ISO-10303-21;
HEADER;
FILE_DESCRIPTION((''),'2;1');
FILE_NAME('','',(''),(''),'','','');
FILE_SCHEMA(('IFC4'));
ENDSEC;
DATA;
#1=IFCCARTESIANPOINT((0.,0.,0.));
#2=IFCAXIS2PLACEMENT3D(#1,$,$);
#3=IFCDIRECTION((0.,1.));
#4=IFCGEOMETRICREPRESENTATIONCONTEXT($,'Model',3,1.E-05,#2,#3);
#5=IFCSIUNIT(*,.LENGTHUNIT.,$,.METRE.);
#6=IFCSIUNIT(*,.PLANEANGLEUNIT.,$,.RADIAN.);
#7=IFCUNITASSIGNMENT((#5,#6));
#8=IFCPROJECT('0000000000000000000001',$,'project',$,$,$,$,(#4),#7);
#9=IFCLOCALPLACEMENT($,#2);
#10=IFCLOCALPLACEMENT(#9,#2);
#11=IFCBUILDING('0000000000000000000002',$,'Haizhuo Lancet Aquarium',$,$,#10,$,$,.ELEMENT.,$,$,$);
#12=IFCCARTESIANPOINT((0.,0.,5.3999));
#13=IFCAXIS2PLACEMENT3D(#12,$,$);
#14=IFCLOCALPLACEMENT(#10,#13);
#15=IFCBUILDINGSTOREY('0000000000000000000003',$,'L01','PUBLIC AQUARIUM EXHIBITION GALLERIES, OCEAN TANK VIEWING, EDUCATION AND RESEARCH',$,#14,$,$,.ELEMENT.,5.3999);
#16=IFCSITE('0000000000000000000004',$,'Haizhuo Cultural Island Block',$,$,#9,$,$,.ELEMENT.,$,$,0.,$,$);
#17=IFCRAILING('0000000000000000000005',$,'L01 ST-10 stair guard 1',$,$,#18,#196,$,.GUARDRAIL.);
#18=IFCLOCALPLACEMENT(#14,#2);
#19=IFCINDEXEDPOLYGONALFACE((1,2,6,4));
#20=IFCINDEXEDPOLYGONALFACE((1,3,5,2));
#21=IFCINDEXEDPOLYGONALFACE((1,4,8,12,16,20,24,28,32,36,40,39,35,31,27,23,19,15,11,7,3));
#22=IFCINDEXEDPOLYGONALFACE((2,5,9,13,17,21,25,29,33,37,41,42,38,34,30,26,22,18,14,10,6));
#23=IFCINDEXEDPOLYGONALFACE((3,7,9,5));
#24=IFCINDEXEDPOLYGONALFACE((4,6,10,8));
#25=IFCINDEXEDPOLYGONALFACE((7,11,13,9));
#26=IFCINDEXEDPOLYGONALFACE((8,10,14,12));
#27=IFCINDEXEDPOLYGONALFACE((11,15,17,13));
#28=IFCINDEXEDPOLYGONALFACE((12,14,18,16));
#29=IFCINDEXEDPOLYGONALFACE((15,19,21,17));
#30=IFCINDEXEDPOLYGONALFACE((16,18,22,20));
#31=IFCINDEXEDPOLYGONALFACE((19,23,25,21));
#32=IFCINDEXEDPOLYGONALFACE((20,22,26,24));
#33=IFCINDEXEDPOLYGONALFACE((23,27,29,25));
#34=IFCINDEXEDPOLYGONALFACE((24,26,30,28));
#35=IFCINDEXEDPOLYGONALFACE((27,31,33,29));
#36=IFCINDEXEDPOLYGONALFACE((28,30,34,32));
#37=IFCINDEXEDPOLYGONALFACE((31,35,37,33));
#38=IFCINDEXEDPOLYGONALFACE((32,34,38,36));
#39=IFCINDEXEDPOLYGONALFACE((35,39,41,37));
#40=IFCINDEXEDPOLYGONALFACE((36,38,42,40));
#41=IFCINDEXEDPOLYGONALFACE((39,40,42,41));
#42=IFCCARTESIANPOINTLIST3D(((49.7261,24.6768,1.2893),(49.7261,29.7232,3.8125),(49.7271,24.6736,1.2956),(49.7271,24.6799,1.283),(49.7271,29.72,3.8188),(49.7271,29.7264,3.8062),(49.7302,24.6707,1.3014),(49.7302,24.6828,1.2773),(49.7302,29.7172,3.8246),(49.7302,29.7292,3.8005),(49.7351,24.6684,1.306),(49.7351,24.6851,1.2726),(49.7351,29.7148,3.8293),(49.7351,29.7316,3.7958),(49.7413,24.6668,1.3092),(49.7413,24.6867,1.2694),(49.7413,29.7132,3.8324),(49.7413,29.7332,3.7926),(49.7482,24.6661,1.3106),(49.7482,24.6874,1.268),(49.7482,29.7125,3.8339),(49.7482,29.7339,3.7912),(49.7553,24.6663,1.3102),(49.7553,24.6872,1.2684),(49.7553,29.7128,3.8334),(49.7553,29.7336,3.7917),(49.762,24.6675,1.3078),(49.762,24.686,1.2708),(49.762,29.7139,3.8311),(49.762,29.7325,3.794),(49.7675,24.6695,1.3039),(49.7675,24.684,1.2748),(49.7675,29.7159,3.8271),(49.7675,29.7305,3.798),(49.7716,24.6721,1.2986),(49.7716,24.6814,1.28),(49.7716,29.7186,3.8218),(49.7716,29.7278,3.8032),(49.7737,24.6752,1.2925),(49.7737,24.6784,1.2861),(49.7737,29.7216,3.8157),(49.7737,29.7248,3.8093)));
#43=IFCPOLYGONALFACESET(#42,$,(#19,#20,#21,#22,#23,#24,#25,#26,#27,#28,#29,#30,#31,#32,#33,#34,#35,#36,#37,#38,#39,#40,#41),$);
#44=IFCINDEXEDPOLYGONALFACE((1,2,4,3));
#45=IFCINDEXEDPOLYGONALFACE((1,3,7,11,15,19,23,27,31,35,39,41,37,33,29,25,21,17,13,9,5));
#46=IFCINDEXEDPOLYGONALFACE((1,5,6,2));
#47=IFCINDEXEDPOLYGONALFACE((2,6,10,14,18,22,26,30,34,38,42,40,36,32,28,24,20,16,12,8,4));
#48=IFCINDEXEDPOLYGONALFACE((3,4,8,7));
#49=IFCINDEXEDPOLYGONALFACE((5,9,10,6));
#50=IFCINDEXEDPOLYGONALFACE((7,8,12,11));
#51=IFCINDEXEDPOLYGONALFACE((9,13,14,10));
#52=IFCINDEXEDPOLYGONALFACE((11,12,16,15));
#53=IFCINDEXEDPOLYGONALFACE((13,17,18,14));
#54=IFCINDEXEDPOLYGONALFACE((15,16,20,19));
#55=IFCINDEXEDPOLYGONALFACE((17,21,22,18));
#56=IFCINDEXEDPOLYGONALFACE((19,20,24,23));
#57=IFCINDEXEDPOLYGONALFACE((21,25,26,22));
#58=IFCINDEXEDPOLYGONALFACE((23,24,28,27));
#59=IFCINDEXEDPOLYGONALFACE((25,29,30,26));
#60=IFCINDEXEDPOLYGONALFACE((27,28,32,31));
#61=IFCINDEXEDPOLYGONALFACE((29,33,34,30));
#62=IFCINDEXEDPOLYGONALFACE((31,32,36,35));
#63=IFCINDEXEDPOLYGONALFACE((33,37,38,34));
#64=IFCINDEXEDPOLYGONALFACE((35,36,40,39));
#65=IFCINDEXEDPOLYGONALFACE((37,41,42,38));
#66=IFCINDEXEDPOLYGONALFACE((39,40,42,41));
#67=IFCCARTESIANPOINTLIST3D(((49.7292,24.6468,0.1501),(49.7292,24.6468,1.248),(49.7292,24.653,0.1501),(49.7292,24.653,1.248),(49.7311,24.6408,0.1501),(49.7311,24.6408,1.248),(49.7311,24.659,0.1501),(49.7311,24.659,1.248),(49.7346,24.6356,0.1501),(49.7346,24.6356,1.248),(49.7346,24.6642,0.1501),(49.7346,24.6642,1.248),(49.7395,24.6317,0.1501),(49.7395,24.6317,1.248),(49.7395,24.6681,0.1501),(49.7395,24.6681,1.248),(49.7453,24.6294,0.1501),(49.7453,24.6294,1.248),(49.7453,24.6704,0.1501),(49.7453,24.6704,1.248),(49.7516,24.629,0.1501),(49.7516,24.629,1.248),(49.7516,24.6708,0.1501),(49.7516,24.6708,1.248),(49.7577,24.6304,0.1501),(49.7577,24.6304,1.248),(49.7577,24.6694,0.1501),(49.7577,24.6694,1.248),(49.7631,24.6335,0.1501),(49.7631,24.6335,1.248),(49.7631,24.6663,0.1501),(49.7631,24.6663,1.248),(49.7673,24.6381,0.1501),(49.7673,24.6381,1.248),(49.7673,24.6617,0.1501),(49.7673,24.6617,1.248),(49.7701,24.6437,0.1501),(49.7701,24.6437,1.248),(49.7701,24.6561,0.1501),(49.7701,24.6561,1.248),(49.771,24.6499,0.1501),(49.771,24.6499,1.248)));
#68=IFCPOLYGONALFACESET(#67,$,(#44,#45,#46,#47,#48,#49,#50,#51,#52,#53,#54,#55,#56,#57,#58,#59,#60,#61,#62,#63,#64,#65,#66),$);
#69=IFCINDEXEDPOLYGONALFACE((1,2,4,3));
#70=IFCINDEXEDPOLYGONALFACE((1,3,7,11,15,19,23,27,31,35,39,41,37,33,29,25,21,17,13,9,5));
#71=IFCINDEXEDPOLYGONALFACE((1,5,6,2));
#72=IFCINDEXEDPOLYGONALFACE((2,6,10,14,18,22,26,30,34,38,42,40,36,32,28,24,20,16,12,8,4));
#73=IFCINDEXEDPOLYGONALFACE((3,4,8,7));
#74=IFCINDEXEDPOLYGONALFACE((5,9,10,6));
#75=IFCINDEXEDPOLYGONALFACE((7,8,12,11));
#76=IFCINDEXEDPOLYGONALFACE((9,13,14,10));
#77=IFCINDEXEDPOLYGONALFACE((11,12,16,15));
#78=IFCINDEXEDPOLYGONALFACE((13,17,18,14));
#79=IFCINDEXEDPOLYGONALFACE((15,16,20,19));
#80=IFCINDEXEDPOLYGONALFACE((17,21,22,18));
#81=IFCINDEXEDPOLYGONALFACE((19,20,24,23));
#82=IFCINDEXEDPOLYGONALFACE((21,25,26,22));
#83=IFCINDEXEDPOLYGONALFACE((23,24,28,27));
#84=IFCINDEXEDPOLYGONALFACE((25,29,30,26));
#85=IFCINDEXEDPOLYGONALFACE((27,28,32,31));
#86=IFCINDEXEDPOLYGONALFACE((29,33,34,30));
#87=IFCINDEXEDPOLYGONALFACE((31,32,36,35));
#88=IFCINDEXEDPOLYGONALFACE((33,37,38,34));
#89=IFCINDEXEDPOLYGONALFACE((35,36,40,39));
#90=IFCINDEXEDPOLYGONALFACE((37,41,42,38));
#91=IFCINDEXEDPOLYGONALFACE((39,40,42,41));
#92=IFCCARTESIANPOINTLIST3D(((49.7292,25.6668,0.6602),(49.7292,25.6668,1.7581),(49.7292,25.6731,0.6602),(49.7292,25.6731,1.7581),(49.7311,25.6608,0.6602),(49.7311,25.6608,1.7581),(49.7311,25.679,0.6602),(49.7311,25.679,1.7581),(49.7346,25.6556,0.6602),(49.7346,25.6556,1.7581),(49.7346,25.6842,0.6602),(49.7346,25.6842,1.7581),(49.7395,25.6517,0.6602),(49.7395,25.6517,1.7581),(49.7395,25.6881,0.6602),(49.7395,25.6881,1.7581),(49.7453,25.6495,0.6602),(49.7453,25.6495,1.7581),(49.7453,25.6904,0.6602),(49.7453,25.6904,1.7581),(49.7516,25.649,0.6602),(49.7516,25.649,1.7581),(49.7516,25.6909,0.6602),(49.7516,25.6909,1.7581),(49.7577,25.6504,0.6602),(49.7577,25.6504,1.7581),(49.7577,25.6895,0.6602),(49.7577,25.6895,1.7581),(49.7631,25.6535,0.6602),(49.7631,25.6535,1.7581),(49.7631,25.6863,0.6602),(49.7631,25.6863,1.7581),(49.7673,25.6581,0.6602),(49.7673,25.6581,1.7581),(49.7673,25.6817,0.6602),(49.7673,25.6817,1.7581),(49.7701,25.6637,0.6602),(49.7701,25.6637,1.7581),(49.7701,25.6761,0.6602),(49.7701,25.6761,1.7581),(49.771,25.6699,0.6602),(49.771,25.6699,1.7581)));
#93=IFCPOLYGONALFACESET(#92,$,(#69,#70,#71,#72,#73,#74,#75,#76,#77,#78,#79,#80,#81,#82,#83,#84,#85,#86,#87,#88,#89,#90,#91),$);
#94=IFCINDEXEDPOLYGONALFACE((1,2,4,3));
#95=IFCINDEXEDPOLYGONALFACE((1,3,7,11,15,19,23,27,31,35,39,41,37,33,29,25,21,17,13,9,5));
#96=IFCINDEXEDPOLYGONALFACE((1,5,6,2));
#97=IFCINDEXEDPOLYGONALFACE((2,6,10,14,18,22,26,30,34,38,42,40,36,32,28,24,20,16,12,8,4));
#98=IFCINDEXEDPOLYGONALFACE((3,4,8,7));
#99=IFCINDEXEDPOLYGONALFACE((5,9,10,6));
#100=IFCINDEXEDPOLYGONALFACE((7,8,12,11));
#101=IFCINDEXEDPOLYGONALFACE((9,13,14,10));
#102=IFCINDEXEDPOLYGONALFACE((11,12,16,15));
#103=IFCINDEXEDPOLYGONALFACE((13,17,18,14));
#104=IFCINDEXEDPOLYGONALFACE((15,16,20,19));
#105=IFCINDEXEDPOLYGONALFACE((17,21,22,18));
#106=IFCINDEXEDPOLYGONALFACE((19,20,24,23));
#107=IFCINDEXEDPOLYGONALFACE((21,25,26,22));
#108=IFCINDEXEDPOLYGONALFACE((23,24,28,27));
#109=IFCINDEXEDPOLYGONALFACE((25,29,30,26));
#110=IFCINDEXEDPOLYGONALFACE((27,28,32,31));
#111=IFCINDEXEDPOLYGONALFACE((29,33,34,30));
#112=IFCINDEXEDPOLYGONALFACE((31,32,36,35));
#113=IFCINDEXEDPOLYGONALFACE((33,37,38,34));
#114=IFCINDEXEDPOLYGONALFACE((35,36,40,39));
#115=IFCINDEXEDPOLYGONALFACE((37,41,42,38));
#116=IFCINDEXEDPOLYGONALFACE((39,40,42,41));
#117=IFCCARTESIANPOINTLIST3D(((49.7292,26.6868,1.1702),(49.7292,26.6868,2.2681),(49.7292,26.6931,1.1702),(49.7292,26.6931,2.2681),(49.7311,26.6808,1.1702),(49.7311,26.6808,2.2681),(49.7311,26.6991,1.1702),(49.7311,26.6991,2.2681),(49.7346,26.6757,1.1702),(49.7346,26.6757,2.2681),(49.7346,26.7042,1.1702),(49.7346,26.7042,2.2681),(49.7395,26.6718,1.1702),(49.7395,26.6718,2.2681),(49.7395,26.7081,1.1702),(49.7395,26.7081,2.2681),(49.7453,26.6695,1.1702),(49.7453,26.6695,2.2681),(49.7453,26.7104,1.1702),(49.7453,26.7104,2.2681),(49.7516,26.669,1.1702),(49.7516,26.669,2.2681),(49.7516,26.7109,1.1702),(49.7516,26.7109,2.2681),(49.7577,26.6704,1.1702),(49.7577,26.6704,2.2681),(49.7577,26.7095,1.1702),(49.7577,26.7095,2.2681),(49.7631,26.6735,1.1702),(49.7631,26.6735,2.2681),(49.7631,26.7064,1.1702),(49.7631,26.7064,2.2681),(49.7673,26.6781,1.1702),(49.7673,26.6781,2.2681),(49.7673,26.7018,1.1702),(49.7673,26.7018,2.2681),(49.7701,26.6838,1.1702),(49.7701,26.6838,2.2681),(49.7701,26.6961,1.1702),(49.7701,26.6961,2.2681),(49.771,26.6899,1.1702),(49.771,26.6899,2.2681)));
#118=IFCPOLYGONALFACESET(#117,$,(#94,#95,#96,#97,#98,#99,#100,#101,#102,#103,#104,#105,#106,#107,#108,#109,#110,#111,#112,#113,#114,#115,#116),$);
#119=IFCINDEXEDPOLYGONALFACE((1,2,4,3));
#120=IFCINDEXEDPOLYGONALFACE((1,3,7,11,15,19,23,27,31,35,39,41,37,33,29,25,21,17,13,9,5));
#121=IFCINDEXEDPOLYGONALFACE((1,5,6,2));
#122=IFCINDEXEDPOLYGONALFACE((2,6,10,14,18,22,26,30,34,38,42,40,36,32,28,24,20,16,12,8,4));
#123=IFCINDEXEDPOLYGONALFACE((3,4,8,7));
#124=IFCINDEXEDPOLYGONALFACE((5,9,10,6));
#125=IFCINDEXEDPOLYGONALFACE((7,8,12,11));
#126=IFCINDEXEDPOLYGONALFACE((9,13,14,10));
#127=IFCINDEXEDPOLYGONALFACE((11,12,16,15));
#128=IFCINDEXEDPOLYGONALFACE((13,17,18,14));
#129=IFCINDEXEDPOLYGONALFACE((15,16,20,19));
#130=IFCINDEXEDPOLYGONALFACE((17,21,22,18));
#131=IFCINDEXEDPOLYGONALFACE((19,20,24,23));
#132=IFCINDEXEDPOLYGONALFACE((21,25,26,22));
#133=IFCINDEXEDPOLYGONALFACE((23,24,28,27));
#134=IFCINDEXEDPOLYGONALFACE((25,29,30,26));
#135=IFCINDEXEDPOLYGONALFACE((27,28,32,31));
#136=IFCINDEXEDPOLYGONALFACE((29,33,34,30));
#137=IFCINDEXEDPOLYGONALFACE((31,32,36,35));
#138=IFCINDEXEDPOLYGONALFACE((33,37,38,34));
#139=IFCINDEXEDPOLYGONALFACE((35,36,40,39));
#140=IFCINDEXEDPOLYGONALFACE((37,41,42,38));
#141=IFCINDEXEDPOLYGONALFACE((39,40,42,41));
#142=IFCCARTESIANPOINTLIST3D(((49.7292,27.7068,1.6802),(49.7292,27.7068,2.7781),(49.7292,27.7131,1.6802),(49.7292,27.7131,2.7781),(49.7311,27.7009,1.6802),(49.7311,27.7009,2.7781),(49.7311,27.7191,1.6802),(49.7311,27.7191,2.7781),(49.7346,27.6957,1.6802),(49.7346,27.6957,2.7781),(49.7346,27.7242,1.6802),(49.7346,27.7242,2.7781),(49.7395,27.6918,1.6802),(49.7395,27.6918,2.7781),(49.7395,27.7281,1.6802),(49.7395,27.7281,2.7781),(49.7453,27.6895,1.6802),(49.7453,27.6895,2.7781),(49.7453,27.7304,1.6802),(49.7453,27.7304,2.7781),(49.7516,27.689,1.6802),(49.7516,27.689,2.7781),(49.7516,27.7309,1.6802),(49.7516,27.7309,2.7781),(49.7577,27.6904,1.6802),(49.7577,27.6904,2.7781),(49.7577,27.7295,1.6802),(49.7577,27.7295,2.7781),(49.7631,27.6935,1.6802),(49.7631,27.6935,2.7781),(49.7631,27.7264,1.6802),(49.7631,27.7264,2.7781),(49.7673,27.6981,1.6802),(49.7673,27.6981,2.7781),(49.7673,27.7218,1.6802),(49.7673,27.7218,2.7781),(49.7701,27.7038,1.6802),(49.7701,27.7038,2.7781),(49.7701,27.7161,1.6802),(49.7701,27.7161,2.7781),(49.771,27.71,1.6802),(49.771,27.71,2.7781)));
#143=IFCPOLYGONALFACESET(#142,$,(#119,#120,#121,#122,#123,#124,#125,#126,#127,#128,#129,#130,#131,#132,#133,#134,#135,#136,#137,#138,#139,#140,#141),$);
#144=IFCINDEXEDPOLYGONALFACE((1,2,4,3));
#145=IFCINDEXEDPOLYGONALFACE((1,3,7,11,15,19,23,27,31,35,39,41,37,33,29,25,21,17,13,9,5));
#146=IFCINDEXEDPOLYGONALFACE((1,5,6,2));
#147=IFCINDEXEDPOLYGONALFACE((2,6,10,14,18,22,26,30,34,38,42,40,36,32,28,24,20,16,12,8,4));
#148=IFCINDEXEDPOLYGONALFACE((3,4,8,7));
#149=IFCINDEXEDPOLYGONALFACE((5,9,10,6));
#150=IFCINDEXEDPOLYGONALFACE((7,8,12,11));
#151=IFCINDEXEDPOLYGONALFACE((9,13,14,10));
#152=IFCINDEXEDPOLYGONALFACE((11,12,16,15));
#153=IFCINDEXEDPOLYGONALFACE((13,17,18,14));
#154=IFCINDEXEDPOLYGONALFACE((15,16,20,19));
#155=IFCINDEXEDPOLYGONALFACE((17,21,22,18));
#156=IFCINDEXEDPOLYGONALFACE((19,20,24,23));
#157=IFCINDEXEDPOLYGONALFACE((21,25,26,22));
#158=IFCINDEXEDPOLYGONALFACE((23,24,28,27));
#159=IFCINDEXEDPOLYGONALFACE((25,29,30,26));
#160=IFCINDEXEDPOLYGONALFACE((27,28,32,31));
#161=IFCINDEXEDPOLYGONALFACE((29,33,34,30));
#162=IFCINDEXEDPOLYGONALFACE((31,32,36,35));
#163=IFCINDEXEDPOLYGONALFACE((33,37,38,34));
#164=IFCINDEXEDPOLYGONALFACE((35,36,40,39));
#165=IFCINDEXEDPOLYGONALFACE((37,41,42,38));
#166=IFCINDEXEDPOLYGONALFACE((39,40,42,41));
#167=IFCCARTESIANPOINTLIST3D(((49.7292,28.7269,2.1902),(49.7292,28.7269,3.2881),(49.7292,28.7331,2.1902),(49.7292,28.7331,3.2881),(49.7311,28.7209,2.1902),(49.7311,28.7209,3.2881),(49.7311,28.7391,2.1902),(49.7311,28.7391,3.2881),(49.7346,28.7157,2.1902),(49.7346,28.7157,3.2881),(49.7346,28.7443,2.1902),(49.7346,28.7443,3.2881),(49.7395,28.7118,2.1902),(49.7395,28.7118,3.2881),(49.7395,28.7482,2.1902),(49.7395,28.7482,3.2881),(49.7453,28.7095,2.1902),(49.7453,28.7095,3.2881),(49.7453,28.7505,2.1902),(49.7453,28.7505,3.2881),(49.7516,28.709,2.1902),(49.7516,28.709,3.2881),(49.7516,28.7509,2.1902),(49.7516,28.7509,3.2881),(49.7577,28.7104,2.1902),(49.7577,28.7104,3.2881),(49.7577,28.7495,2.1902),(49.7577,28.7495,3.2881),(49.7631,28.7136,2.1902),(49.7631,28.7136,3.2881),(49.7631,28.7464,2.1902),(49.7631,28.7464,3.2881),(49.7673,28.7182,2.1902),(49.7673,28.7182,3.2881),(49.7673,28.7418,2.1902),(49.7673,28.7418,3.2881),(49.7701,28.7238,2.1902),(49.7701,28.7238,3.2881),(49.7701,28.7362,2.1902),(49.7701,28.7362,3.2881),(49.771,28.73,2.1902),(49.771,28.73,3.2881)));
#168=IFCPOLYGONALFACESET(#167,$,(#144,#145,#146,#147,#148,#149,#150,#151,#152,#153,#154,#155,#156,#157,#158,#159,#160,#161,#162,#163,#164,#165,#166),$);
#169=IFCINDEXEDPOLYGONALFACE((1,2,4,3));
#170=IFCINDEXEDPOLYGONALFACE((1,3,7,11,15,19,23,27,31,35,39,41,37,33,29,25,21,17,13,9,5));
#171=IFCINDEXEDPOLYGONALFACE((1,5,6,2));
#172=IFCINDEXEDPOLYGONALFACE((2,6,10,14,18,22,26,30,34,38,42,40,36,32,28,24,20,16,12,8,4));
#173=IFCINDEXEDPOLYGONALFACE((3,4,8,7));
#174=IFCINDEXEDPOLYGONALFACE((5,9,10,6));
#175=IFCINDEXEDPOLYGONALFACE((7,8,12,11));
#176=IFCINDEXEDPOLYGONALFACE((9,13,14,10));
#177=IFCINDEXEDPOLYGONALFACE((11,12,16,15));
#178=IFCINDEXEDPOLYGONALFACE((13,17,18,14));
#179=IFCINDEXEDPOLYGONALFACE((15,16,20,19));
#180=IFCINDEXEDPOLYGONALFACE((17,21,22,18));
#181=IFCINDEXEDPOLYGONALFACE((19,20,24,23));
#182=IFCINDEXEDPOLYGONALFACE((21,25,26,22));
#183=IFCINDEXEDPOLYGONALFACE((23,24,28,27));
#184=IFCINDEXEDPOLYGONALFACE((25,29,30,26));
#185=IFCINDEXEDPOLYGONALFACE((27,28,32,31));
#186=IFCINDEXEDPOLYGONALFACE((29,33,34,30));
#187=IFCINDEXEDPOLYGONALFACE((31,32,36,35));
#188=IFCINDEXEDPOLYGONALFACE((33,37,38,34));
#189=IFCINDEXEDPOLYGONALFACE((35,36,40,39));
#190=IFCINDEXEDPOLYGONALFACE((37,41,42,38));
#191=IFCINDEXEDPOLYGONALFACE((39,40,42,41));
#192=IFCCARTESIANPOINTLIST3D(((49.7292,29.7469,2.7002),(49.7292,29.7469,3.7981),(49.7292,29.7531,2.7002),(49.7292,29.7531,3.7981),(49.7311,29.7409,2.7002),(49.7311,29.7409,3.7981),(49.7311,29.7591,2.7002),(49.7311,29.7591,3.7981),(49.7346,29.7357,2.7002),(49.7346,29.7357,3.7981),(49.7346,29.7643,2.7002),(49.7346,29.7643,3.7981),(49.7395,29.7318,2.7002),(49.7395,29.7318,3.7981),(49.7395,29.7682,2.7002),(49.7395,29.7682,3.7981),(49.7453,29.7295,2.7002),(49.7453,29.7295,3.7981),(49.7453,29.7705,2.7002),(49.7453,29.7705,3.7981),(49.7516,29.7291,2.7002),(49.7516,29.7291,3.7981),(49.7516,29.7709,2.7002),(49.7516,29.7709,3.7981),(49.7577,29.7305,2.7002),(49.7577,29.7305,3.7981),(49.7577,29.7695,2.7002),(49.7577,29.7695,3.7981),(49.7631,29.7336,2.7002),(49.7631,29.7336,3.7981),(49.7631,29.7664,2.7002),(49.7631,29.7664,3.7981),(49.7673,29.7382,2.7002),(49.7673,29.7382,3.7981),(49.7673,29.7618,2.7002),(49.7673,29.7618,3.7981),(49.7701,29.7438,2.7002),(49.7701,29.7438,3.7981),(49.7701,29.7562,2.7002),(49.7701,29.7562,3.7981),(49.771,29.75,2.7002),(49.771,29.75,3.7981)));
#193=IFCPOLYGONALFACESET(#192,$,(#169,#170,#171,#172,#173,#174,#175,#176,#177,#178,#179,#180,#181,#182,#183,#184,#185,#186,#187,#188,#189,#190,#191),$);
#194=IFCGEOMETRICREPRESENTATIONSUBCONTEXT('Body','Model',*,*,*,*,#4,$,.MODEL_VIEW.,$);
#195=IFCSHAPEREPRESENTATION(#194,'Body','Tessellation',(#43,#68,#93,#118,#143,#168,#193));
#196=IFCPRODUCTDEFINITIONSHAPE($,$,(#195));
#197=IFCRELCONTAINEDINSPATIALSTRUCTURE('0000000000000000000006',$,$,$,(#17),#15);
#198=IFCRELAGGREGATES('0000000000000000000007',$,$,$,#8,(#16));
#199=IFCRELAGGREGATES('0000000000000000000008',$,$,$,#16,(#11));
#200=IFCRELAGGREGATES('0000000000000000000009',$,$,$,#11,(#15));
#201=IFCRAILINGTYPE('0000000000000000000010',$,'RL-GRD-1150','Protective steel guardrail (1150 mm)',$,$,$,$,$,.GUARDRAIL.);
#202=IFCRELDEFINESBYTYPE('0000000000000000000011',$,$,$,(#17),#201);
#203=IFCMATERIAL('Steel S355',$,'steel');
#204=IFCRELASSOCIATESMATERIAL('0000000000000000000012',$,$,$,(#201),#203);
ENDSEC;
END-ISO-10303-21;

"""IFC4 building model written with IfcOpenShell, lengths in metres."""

from ifc_helpers import new_model, si_unit, direction, frame, origin, origin_2d, place, context, subcontext, project, spatial, circle, extrude, material, type_object, element, save


model = new_model("IFC4")

# Units and contexts
model_context = context("Model", 3, precision=1e-05, world=origin(), true_north=direction((0.0, 1.0)))
body_context = subcontext(model_context, "Body", "Model", "MODEL_VIEW")
ifc_project = project(units=[si_unit("LENGTHUNIT", "METRE"), si_unit("PLANEANGLEUNIT", "RADIAN")], contexts=[model_context])

# Site, building, storey
site_placement = place(None, origin())
site = spatial("IfcSite", under=ifc_project, at=site_placement, Name="Haizhuo Cultural Island Block", CompositionType="ELEMENT", RefElevation=0.0)
building_placement = place(site_placement, origin())
building = spatial("IfcBuilding", under=site, at=building_placement, Name="Haizhuo Lancet Aquarium", CompositionType="ELEMENT")
storey_placement = place(building_placement, frame((0.0, 0.0, 5.3999)))
storey = spatial("IfcBuildingStorey", under=building, at=storey_placement, Name="L01", Description="PUBLIC AQUARIUM EXHIBITION GALLERIES, OCEAN TANK VIEWING, EDUCATION AND RESEARCH", CompositionType="ELEMENT", Elevation=5.3999)

# Shared definitions
ifc_material_1 = material(Name="Steel S355", Category="steel")

# Railing
railing_type_1 = type_object("IfcRailingType", Name="RL-GRD-1150", Description="Protective steel guardrail (1150 mm)", PredefinedType="GUARDRAIL", material=ifc_material_1)
railing_1_placement = place(storey_placement, frame((49.75, 24.6499, 0.1501)))
element("IfcRailing", 1, at=railing_1_placement, inside=storey, type_object=railing_type_1, Name="L01 ST-10 stair guard 1", PredefinedType="GUARDRAIL", context=body_context, shape_type="SweptSolid", body=[
    extrude(circle(Radius=0.0239, at=origin_2d()), frame((0.0, 0.0269, 1.1392), z_axis=(0.0, 0.894427, 0.447214), x_axis=(-1.0, 0.0, 0.0)), (0.0, 0.0, 1.0), 5.6421),
    extrude(circle(Radius=0.021, at=origin_2d()), origin(), (0.0, 0.0, 1.0), 1.0979),
    extrude(circle(Radius=0.021, at=origin_2d()), frame((0.0, 1.02, 0.51)), (0.0, 0.0, 1.0), 1.0979),
    extrude(circle(Radius=0.021, at=origin_2d()), frame((0.0, 2.04, 1.02)), (0.0, 0.0, 1.0), 1.0979),
    extrude(circle(Radius=0.021, at=origin_2d()), frame((0.0, 3.0601, 1.53)), (0.0, 0.0, 1.0), 1.0979),
    extrude(circle(Radius=0.021, at=origin_2d()), frame((0.0, 4.0801, 2.04)), (0.0, 0.0, 1.0), 1.0979),
    extrude(circle(Radius=0.021, at=origin_2d()), frame((0.0, 5.1001, 2.55)), (0.0, 0.0, 1.0), 1.0979),
])

save(model, "model.ifc")
